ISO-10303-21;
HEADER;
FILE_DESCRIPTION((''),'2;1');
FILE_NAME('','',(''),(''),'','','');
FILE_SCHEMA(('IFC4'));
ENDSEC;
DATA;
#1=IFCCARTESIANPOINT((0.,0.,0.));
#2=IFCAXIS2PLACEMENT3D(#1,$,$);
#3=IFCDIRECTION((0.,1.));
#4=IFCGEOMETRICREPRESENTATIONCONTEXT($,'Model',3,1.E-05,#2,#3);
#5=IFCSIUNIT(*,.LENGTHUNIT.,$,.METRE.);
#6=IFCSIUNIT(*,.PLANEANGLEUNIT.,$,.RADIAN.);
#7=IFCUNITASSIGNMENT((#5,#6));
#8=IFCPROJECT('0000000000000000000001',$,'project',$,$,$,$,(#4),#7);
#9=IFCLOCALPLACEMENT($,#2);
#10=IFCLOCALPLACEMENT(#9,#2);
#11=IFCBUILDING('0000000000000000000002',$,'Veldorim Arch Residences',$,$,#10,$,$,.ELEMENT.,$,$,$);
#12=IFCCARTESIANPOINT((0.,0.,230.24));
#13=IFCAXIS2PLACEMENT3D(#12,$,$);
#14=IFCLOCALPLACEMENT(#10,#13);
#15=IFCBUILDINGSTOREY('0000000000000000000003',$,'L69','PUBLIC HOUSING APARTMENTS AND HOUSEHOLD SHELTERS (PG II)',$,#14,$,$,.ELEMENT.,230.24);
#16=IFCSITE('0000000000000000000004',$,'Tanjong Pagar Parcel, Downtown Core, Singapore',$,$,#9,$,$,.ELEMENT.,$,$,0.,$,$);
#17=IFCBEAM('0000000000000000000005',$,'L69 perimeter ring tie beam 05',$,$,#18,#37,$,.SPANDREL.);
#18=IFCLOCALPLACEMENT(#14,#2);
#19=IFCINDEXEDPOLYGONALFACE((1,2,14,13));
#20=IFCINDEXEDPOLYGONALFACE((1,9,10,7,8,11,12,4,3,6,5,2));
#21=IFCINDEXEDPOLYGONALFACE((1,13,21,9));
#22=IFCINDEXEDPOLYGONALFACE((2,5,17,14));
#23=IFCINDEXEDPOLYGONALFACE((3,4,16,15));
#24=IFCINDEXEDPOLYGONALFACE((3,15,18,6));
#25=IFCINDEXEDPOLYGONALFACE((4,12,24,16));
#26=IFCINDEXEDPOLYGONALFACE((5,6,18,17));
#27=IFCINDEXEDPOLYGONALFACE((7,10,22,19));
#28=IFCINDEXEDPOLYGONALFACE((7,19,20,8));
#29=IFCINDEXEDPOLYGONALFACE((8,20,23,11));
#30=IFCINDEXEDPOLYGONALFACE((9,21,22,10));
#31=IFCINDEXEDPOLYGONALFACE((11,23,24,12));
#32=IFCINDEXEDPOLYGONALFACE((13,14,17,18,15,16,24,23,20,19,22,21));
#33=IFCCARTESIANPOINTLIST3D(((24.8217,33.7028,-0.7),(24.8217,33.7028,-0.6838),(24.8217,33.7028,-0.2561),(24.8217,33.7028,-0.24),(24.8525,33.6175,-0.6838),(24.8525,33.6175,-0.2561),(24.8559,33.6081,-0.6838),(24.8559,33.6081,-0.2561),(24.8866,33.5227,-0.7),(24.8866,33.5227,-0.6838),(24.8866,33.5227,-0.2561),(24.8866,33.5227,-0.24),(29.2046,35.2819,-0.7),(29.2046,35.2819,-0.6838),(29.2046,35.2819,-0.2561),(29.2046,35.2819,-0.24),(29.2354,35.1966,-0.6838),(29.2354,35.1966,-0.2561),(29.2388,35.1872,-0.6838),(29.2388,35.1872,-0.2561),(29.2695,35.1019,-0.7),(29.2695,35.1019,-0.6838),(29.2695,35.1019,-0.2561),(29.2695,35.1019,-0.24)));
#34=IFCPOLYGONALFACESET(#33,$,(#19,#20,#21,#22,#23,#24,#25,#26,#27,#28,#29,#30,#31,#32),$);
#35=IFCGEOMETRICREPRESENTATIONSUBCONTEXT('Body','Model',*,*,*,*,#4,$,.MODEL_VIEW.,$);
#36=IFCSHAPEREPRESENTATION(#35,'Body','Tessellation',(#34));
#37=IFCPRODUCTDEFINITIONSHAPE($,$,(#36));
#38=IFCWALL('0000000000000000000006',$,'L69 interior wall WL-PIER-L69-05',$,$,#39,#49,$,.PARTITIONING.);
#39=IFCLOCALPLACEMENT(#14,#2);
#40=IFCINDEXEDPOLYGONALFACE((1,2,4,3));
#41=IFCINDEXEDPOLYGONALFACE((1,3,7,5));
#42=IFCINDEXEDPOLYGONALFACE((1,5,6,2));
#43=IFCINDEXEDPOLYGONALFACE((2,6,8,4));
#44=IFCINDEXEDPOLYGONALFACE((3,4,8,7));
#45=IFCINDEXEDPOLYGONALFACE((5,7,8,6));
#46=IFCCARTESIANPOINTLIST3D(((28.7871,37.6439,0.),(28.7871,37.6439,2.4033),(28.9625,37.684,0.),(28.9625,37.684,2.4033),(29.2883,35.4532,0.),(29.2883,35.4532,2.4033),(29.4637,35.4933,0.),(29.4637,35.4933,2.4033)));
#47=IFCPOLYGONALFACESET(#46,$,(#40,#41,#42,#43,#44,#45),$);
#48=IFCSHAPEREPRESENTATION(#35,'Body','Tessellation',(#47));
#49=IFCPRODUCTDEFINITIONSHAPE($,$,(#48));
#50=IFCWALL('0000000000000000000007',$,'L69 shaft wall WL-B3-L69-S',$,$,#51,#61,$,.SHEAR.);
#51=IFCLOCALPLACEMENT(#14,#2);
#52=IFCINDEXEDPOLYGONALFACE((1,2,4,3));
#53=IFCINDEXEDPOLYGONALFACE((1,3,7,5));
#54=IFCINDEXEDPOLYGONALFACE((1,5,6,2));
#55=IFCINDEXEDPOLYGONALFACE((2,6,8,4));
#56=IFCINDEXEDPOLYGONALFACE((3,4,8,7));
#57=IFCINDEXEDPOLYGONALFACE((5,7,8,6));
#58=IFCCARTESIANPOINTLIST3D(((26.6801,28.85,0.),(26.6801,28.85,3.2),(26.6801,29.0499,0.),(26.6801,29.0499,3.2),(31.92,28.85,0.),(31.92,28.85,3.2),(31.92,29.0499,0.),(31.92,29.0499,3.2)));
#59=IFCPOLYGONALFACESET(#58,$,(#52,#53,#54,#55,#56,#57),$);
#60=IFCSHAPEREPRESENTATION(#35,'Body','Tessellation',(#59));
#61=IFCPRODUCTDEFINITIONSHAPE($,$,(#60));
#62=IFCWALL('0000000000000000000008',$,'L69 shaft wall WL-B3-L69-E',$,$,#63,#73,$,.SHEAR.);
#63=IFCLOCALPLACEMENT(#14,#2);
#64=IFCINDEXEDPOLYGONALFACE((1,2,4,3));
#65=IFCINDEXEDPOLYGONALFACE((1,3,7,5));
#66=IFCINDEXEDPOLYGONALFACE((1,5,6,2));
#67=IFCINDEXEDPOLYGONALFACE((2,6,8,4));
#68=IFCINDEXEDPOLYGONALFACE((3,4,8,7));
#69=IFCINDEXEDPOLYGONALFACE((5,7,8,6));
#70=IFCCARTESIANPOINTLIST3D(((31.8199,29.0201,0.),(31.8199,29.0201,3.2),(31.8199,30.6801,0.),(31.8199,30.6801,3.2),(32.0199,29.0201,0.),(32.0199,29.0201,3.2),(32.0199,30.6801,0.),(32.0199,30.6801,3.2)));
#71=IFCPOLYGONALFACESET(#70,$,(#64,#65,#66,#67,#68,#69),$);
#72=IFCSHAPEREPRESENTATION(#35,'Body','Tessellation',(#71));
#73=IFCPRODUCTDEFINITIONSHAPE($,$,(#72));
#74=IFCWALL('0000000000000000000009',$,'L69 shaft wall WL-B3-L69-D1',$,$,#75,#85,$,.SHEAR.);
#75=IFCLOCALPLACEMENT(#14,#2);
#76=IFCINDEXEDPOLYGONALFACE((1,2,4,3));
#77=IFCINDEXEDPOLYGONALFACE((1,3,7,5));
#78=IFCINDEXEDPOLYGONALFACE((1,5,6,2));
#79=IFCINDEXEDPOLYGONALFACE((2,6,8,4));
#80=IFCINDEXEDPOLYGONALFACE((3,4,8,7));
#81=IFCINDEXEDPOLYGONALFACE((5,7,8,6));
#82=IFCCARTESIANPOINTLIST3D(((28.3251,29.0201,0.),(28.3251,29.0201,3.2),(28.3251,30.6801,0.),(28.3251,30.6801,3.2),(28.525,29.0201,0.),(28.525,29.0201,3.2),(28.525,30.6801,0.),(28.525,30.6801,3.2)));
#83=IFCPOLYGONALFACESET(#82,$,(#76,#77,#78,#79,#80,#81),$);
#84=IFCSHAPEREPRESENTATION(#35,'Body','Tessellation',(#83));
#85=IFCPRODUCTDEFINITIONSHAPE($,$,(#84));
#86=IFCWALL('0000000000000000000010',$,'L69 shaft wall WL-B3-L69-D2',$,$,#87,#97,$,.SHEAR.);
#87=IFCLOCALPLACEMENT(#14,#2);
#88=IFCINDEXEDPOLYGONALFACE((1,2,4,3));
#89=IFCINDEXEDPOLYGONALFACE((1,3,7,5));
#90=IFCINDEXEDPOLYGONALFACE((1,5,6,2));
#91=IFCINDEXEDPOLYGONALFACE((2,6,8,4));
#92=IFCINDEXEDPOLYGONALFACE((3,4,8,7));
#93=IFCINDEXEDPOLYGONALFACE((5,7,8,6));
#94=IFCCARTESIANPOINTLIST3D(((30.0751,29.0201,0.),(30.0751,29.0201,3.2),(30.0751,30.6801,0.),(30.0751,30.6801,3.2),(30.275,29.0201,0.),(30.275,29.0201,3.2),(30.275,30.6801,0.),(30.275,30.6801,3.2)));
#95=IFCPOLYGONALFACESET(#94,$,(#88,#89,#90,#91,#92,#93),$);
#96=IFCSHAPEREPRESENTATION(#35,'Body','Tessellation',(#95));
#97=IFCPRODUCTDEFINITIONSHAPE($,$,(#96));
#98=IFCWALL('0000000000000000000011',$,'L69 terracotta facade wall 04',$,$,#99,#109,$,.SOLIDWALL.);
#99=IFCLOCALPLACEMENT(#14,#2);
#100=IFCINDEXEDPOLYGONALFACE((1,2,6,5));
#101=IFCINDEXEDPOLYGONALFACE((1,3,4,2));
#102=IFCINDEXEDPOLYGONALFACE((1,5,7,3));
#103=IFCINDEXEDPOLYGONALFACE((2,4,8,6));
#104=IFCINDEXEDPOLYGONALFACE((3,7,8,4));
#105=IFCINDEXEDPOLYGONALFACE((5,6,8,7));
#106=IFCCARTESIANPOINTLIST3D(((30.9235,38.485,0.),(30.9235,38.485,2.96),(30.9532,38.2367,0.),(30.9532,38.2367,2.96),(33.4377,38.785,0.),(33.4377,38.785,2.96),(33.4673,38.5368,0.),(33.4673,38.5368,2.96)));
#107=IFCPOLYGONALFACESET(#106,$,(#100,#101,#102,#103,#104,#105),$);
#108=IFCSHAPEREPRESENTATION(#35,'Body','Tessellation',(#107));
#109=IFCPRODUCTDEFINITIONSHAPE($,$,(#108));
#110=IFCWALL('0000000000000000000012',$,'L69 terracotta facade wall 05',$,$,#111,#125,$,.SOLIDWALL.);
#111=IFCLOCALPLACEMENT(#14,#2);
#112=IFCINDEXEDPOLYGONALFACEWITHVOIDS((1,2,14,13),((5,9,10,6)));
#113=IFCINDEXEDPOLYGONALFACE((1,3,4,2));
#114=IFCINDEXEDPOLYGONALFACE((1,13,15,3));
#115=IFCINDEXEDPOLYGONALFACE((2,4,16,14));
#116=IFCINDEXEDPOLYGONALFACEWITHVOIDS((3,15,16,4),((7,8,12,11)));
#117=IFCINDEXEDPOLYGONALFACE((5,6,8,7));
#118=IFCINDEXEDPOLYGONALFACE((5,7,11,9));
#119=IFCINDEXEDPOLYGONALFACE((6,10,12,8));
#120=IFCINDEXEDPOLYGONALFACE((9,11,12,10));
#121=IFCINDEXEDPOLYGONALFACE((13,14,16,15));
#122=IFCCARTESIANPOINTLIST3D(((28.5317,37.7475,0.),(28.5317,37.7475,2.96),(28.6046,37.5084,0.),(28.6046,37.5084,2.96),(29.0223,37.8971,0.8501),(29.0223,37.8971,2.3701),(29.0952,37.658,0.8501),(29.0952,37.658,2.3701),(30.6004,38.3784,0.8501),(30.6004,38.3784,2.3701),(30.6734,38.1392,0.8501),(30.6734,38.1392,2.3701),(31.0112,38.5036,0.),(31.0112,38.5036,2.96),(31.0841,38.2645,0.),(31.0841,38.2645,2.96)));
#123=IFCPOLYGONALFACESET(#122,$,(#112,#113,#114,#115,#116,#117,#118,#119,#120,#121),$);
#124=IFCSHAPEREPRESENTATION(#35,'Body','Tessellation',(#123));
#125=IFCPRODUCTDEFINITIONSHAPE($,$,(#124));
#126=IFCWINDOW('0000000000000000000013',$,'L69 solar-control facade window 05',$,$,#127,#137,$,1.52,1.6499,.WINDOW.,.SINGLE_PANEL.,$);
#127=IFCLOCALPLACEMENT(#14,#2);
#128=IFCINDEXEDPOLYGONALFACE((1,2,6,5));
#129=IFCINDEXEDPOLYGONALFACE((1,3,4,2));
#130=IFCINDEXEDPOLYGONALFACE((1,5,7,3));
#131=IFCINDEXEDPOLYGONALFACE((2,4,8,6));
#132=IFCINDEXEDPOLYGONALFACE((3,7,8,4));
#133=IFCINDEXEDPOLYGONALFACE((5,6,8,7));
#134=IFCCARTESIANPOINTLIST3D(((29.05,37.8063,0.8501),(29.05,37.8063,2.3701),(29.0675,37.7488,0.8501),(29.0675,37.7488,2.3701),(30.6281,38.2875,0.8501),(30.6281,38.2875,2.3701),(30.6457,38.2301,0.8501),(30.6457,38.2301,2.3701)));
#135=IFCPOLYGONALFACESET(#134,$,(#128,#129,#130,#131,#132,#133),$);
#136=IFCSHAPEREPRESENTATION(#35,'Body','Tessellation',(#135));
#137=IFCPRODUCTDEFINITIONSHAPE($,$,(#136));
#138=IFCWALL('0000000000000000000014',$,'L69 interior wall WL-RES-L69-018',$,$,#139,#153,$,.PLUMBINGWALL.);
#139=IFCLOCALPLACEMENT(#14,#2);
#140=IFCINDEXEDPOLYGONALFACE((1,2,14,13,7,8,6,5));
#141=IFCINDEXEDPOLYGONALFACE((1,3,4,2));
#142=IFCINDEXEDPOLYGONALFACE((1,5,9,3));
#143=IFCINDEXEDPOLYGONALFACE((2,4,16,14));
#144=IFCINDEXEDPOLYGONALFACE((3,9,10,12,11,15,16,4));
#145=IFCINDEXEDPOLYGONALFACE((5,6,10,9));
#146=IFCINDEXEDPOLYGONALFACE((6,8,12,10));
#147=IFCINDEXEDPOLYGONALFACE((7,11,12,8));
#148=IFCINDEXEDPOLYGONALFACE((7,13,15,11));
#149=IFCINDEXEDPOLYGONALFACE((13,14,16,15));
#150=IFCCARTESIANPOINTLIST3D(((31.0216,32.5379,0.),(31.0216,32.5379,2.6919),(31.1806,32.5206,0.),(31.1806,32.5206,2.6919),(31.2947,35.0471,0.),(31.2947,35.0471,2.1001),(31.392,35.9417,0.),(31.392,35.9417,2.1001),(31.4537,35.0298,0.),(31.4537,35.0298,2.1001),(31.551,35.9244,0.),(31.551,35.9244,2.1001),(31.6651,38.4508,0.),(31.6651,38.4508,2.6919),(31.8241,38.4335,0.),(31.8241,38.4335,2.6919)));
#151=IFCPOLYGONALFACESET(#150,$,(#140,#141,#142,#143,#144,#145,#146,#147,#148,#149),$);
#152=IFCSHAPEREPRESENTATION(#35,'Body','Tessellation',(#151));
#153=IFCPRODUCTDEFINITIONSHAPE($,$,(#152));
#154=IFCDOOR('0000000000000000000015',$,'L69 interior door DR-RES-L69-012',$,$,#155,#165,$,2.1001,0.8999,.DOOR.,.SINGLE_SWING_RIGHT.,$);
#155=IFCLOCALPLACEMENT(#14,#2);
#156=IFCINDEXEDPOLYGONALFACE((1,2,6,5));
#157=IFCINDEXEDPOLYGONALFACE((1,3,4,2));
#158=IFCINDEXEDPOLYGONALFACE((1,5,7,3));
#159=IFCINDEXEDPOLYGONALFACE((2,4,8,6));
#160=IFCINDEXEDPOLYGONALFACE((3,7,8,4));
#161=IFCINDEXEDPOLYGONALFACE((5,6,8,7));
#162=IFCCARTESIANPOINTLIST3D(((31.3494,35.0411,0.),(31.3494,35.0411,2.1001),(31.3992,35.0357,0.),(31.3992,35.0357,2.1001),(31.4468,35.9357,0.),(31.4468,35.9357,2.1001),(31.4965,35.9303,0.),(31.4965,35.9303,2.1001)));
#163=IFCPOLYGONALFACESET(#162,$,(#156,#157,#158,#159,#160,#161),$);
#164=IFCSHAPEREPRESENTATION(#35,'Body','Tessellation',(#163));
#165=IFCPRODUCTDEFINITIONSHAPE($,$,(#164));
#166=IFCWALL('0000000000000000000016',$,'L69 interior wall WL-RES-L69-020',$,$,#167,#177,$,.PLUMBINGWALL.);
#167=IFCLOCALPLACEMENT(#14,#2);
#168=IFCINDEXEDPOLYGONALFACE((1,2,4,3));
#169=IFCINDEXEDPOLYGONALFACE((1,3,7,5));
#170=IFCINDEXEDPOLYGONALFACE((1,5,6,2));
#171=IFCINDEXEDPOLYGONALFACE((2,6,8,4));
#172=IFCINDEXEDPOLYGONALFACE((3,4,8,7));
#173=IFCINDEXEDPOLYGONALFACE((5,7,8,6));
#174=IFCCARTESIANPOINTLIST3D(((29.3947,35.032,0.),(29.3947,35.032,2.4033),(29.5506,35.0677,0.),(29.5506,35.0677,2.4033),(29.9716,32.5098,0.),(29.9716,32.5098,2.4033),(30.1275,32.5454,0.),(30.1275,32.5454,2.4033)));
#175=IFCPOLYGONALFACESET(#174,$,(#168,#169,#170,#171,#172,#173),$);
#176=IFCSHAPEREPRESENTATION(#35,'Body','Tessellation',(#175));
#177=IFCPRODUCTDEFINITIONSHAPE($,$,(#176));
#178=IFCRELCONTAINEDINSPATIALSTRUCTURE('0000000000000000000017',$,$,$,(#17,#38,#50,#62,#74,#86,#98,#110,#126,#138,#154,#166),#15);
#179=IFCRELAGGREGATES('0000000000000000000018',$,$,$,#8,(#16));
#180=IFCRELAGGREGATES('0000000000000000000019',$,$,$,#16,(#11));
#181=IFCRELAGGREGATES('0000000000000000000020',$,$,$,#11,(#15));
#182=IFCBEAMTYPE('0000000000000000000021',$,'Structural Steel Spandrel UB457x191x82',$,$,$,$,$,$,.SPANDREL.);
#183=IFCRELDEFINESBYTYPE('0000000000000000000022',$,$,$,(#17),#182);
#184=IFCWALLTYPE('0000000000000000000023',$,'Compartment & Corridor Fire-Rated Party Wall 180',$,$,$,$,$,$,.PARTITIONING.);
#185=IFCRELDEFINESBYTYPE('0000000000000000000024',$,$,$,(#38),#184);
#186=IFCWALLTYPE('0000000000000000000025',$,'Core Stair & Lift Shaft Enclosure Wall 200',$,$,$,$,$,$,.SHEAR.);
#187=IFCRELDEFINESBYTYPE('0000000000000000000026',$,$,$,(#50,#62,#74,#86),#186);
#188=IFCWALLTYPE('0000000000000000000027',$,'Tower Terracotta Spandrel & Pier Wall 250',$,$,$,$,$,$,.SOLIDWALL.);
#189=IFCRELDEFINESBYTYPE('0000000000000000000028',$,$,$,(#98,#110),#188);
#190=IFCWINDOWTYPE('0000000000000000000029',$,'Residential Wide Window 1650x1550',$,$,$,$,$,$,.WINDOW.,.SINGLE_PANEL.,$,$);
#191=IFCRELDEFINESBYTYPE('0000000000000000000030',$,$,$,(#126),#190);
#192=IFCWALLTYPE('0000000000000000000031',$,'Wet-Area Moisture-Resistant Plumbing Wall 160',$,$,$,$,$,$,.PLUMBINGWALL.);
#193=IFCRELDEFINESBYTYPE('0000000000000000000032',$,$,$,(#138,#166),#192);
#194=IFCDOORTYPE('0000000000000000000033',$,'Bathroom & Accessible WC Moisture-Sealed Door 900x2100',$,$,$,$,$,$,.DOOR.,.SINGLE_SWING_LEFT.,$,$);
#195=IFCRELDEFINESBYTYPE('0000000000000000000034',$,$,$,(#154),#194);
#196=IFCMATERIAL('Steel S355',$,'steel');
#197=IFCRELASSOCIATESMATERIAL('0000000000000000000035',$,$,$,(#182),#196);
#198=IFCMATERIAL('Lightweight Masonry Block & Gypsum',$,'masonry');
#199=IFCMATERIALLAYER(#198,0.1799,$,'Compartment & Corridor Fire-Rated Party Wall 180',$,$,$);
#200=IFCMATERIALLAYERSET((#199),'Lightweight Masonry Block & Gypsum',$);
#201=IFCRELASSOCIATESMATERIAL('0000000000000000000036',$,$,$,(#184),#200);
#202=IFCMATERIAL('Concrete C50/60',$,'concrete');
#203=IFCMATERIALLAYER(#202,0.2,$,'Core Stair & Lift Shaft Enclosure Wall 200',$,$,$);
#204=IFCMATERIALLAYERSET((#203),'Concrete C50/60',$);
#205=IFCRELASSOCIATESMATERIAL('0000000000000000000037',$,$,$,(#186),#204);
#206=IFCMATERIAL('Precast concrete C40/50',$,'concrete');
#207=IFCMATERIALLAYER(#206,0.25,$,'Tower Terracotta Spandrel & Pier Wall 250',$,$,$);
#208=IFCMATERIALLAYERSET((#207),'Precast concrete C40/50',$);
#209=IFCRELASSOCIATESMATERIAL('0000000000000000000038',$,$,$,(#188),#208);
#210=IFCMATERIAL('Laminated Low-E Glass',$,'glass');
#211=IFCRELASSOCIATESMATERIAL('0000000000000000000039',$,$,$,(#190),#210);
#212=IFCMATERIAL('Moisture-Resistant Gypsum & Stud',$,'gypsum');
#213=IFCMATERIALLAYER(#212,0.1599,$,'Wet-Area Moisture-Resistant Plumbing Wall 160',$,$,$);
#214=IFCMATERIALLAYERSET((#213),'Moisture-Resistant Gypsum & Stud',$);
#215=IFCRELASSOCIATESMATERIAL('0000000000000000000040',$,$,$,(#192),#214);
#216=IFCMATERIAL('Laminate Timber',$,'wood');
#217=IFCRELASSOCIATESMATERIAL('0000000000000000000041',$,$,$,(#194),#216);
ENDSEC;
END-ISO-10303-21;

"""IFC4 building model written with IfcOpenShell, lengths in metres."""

from ifc_helpers import new_model, si_unit, direction, frame, frame_2d, origin, origin_2d, place, context, subcontext, project, spatial, rectangle, i_section, extrude, material, layer, layer_set, material_profile, profile_set, type_object, element, fill, save


model = new_model("IFC4")

# Units and contexts
model_context = context("Model", 3, precision=1e-05, world=origin(), true_north=direction((0.0, 1.0)))
body_context = subcontext(model_context, "Body", "Model", "MODEL_VIEW")
ifc_project = project(units=[si_unit("LENGTHUNIT", "METRE"), si_unit("PLANEANGLEUNIT", "RADIAN")], contexts=[model_context])

# Site, building, storey
site_placement = place(None, origin())
site = spatial("IfcSite", under=ifc_project, at=site_placement, Name="Tanjong Pagar Parcel, Downtown Core, Singapore", CompositionType="ELEMENT", RefElevation=0.0)
building_placement = place(site_placement, origin())
building = spatial("IfcBuilding", under=site, at=building_placement, Name="Veldorim Arch Residences", CompositionType="ELEMENT")
storey_placement = place(building_placement, frame((0.0, 0.0, 230.24)))
storey = spatial("IfcBuildingStorey", under=building, at=storey_placement, Name="L69", Description="PUBLIC HOUSING APARTMENTS AND HOUSEHOLD SHELTERS (PG II)", CompositionType="ELEMENT", Elevation=230.24)

# Beam
ifc_material_1 = material(Name="Steel S355", Category="steel")
ifc_material_profile_1 = material_profile(ifc_material_1, i_section(OverallWidth=0.1914, OverallDepth=0.46, WebThickness=0.01, FlangeThickness=0.0161, at=origin_2d()), Name="UB457x191x82")
ifc_profile_set_1 = profile_set([ifc_material_profile_1], Name="Steel S355")
beam_type_1 = type_object("IfcBeamType", Name="Structural Steel Spandrel UB457x191x82", PredefinedType="SPANDREL", material=ifc_profile_set_1)
beam_1_placement = place(storey_placement, frame((29.2371, 35.1919, -0.47), z_axis=(-0.940799, -0.338964, 0.0), x_axis=(0.338964, -0.940799, 0.0)))
element("IfcBeam", 1, at=beam_1_placement, inside=storey, type_object=beam_type_1, Name="L69 perimeter ring tie beam 05", PredefinedType="SPANDREL", context=body_context, shape_type="SweptSolid", body=[
    extrude(i_section(OverallWidth=0.1914, OverallDepth=0.46, WebThickness=0.01, FlangeThickness=0.0161, at=origin_2d()), origin(), (0.0, 0.0, 1.0), 4.6587),
])

# Walls
ifc_material_2 = material(Name="Lightweight Masonry Block & Gypsum", Category="masonry")
ifc_layer_1 = layer(ifc_material_2, 0.1799, Name="Compartment & Corridor Fire-Rated Party Wall 180")
ifc_layer_set_1 = layer_set([ifc_layer_1], Name="Lightweight Masonry Block & Gypsum")
wall_type_1 = type_object("IfcWallType", Name="Compartment & Corridor Fire-Rated Party Wall 180", PredefinedType="PARTITIONING", material=ifc_layer_set_1)
wall_1_placement = place(storey_placement, frame((29.376, 35.4734, 0.0), z_axis=(0.0, 0.0, 1.0), x_axis=(-0.223034, 0.974811, 0.0)))
element("IfcWall", 2, at=wall_1_placement, inside=storey, type_object=wall_type_1, Name="L69 interior wall WL-PIER-L69-05", PredefinedType="PARTITIONING", context=body_context, shape_type="SweptSolid", body=[
    extrude(rectangle(XDim=2.2473, YDim=0.1799, at=frame_2d((1.1235, 0.0))), origin(), (0.0, 0.0, 1.0), 2.4033),
])
ifc_material_3 = material(Name="Concrete C50/60", Category="concrete")
ifc_layer_2 = layer(ifc_material_3, 0.2, Name="Core Stair & Lift Shaft Enclosure Wall 200")
ifc_layer_set_2 = layer_set([ifc_layer_2], Name="Concrete C50/60")
wall_type_2 = type_object("IfcWallType", Name="Core Stair & Lift Shaft Enclosure Wall 200", PredefinedType="SHEAR", material=ifc_layer_set_2)
wall_2_placement = place(storey_placement, frame((26.6799, 28.95, 0.0), z_axis=(0.0, 0.0, 1.0), x_axis=(1.0, 0.0, 0.0)))
element("IfcWall", 3, at=wall_2_placement, inside=storey, type_object=wall_type_2, Name="L69 shaft wall WL-B3-L69-S", PredefinedType="SHEAR", context=body_context, shape_type="SweptSolid", body=[
    extrude(rectangle(XDim=5.24, YDim=0.2, at=frame_2d((2.6201, 0.0))), origin(), (0.0, 0.0, 1.0), 3.2),
])
for number, where, z_axis, x_axis, name in (
    (4, (31.9199, 29.02, 0.0), (0.0, 0.0, 1.0), (0.0, 1.0, 0.0), "L69 shaft wall WL-B3-L69-E"),
    (5, (28.425, 29.02, 0.0), (0.0, 0.0, 1.0), (0.0, 1.0, 0.0), "L69 shaft wall WL-B3-L69-D1"),
    (6, (30.175, 29.02, 0.0), (0.0, 0.0, 1.0), (0.0, 1.0, 0.0), "L69 shaft wall WL-B3-L69-D2"),
):
    element("IfcWall", number, at=place(storey_placement, frame(where, z_axis=z_axis, x_axis=x_axis)), inside=storey, type_object=wall_type_2, Name=name, PredefinedType="SHEAR", context=body_context, shape_type="SweptSolid", body=[
        extrude(rectangle(XDim=1.6599, YDim=0.2, at=frame_2d((0.8301, 0.0))), origin(), (0.0, 0.0, 1.0), 3.2),
    ])
ifc_material_4 = material(Name="Precast concrete C40/50", Category="concrete")
ifc_layer_3 = layer(ifc_material_4, 0.25, Name="Tower Terracotta Spandrel & Pier Wall 250")
ifc_layer_set_3 = layer_set([ifc_layer_3], Name="Precast concrete C40/50")
wall_type_3 = type_object("IfcWallType", Name="Tower Terracotta Spandrel & Pier Wall 250", PredefinedType="SOLIDWALL", material=ifc_layer_set_3)
wall_3_placement = place(storey_placement, frame((30.9382, 38.3608, 0.0), z_axis=(0.0, 0.0, 1.0), x_axis=(0.992954, 0.118503, 0.0)))
element("IfcWall", 7, at=wall_3_placement, inside=storey, type_object=wall_type_3, Name="L69 terracotta facade wall 04", PredefinedType="SOLIDWALL", context=body_context, shape_type="SweptSolid", body=[
    extrude(rectangle(XDim=2.532, YDim=0.25, at=frame_2d((1.2661, 0.0))), origin(), (0.0, 0.0, 1.0), 2.96),
])

# Wall, opening, window
wall_4_placement = place(storey_placement, frame((28.5681, 37.6279, 0.0), z_axis=(0.0, 0.0, 1.0), x_axis=(0.956515, 0.291683, 0.0)))
wall_4 = element("IfcWall", 8, at=wall_4_placement, inside=storey, type_object=wall_type_3, Name="L69 terracotta facade wall 05", PredefinedType="SOLIDWALL", context=body_context, shape_type="SweptSolid", body=[
    extrude(rectangle(XDim=2.5923, YDim=0.25, at=frame_2d((1.2961, 0.0))), origin(), (0.0, 0.0, 1.0), 2.96),
])
opening_1_placement = place(wall_4_placement, frame((0.5129, 0.0, 0.8501)))
opening_1 = element("IfcOpeningElement", 9, at=opening_1_placement, cuts=wall_4, PredefinedType="OPENING", context=body_context, shape_type="SweptSolid", body=[
    extrude(rectangle(XDim=1.6499, YDim=1.52, at=frame_2d((0.825, 0.76))), frame((0.0, 0.135, 0.0), z_axis=(0.0, -1.0, 0.0), x_axis=(1.0, 0.0, 0.0)), (0.0, 0.0, 1.0), 0.27),
])
ifc_material_5 = material(Name="Laminated Low-E Glass", Category="glass")
window_type = type_object("IfcWindowType", Name="Residential Wide Window 1650x1550", PartitioningType="SINGLE_PANEL", PredefinedType="WINDOW", material=ifc_material_5)
window_placement = place(opening_1_placement, origin())
window = element("IfcWindow", 10, at=window_placement, inside=storey, type_object=window_type, Name="L69 solar-control facade window 05", OverallHeight=1.52, OverallWidth=1.6499, PartitioningType="SINGLE_PANEL", PredefinedType="WINDOW", context=body_context, shape_type="SweptSolid", body=[
    extrude(rectangle(XDim=1.6499, YDim=1.52, at=frame_2d((0.825, 0.76))), frame((0.0, 0.03, 0.0), z_axis=(0.0, -1.0, 0.0), x_axis=(1.0, 0.0, 0.0)), (0.0, 0.0, 1.0), 0.0601),
])
fill(opening_1, window)

# Wall, opening, door
ifc_material_6 = material(Name="Moisture-Resistant Gypsum & Stud", Category="gypsum")
ifc_layer_4 = layer(ifc_material_6, 0.1599, Name="Wet-Area Moisture-Resistant Plumbing Wall 160")
ifc_layer_set_4 = layer_set([ifc_layer_4], Name="Moisture-Resistant Gypsum & Stud")
wall_type_4 = type_object("IfcWallType", Name="Wet-Area Moisture-Resistant Plumbing Wall 160", PredefinedType="PLUMBINGWALL", material=ifc_layer_set_4)
wall_5_placement = place(storey_placement, frame((31.1011, 32.5293, 0.0), z_axis=(0.0, 0.0, 1.0), x_axis=(0.108201, 0.994129, 0.0)))
wall_5 = element("IfcWall", 11, at=wall_5_placement, inside=storey, type_object=wall_type_4, Name="L69 interior wall WL-RES-L69-018", PredefinedType="PLUMBINGWALL", context=body_context, shape_type="SweptSolid", body=[
    extrude(rectangle(XDim=5.9478, YDim=0.1599, at=frame_2d((2.9739, 0.0))), origin(), (0.0, 0.0, 1.0), 2.6919),
])
opening_2_placement = place(wall_5_placement, frame((2.5239, 0.0, 0.0)))
opening_2 = element("IfcOpeningElement", 12, at=opening_2_placement, cuts=wall_5, PredefinedType="OPENING", context=body_context, shape_type="SweptSolid", body=[
    extrude(rectangle(XDim=0.8999, YDim=2.1001, at=frame_2d((0.45, 1.05))), frame((0.0, 0.0898, 0.0), z_axis=(0.0, -1.0, 0.0), x_axis=(1.0, 0.0, 0.0)), (0.0, 0.0, 1.0), 0.1799),
])
ifc_material_7 = material(Name="Laminate Timber", Category="wood")
door_type = type_object("IfcDoorType", Name="Bathroom & Accessible WC Moisture-Sealed Door 900x2100", OperationType="SINGLE_SWING_LEFT", PredefinedType="DOOR", material=ifc_material_7)
door_placement = place(opening_2_placement, origin())
door = element("IfcDoor", 13, at=door_placement, inside=storey, type_object=door_type, Name="L69 interior door DR-RES-L69-012", OperationType="SINGLE_SWING_RIGHT", OverallHeight=2.1001, OverallWidth=0.8999, PredefinedType="DOOR", context=body_context, shape_type="SweptSolid", body=[
    extrude(rectangle(XDim=0.8999, YDim=2.1001, at=frame_2d((0.45, 1.05))), frame((0.0, 0.0249, 0.0), z_axis=(0.0, -1.0, 0.0), x_axis=(1.0, 0.0, 0.0)), (0.0, 0.0, 1.0), 0.05),
])
fill(opening_2, door)

# Wall
wall_6_placement = place(storey_placement, frame((30.0496, 32.5276, 0.0), z_axis=(0.0, 0.0, 1.0), x_axis=(-0.222971, 0.974825, 0.0)))
element("IfcWall", 14, at=wall_6_placement, inside=storey, type_object=wall_type_4, Name="L69 interior wall WL-RES-L69-020", PredefinedType="PLUMBINGWALL", context=body_context, shape_type="SweptSolid", body=[
    extrude(rectangle(XDim=2.5874, YDim=0.1599, at=frame_2d((1.2937, 0.0))), origin(), (0.0, 0.0, 1.0), 2.4033),
])

save(model, "model.ifc")
